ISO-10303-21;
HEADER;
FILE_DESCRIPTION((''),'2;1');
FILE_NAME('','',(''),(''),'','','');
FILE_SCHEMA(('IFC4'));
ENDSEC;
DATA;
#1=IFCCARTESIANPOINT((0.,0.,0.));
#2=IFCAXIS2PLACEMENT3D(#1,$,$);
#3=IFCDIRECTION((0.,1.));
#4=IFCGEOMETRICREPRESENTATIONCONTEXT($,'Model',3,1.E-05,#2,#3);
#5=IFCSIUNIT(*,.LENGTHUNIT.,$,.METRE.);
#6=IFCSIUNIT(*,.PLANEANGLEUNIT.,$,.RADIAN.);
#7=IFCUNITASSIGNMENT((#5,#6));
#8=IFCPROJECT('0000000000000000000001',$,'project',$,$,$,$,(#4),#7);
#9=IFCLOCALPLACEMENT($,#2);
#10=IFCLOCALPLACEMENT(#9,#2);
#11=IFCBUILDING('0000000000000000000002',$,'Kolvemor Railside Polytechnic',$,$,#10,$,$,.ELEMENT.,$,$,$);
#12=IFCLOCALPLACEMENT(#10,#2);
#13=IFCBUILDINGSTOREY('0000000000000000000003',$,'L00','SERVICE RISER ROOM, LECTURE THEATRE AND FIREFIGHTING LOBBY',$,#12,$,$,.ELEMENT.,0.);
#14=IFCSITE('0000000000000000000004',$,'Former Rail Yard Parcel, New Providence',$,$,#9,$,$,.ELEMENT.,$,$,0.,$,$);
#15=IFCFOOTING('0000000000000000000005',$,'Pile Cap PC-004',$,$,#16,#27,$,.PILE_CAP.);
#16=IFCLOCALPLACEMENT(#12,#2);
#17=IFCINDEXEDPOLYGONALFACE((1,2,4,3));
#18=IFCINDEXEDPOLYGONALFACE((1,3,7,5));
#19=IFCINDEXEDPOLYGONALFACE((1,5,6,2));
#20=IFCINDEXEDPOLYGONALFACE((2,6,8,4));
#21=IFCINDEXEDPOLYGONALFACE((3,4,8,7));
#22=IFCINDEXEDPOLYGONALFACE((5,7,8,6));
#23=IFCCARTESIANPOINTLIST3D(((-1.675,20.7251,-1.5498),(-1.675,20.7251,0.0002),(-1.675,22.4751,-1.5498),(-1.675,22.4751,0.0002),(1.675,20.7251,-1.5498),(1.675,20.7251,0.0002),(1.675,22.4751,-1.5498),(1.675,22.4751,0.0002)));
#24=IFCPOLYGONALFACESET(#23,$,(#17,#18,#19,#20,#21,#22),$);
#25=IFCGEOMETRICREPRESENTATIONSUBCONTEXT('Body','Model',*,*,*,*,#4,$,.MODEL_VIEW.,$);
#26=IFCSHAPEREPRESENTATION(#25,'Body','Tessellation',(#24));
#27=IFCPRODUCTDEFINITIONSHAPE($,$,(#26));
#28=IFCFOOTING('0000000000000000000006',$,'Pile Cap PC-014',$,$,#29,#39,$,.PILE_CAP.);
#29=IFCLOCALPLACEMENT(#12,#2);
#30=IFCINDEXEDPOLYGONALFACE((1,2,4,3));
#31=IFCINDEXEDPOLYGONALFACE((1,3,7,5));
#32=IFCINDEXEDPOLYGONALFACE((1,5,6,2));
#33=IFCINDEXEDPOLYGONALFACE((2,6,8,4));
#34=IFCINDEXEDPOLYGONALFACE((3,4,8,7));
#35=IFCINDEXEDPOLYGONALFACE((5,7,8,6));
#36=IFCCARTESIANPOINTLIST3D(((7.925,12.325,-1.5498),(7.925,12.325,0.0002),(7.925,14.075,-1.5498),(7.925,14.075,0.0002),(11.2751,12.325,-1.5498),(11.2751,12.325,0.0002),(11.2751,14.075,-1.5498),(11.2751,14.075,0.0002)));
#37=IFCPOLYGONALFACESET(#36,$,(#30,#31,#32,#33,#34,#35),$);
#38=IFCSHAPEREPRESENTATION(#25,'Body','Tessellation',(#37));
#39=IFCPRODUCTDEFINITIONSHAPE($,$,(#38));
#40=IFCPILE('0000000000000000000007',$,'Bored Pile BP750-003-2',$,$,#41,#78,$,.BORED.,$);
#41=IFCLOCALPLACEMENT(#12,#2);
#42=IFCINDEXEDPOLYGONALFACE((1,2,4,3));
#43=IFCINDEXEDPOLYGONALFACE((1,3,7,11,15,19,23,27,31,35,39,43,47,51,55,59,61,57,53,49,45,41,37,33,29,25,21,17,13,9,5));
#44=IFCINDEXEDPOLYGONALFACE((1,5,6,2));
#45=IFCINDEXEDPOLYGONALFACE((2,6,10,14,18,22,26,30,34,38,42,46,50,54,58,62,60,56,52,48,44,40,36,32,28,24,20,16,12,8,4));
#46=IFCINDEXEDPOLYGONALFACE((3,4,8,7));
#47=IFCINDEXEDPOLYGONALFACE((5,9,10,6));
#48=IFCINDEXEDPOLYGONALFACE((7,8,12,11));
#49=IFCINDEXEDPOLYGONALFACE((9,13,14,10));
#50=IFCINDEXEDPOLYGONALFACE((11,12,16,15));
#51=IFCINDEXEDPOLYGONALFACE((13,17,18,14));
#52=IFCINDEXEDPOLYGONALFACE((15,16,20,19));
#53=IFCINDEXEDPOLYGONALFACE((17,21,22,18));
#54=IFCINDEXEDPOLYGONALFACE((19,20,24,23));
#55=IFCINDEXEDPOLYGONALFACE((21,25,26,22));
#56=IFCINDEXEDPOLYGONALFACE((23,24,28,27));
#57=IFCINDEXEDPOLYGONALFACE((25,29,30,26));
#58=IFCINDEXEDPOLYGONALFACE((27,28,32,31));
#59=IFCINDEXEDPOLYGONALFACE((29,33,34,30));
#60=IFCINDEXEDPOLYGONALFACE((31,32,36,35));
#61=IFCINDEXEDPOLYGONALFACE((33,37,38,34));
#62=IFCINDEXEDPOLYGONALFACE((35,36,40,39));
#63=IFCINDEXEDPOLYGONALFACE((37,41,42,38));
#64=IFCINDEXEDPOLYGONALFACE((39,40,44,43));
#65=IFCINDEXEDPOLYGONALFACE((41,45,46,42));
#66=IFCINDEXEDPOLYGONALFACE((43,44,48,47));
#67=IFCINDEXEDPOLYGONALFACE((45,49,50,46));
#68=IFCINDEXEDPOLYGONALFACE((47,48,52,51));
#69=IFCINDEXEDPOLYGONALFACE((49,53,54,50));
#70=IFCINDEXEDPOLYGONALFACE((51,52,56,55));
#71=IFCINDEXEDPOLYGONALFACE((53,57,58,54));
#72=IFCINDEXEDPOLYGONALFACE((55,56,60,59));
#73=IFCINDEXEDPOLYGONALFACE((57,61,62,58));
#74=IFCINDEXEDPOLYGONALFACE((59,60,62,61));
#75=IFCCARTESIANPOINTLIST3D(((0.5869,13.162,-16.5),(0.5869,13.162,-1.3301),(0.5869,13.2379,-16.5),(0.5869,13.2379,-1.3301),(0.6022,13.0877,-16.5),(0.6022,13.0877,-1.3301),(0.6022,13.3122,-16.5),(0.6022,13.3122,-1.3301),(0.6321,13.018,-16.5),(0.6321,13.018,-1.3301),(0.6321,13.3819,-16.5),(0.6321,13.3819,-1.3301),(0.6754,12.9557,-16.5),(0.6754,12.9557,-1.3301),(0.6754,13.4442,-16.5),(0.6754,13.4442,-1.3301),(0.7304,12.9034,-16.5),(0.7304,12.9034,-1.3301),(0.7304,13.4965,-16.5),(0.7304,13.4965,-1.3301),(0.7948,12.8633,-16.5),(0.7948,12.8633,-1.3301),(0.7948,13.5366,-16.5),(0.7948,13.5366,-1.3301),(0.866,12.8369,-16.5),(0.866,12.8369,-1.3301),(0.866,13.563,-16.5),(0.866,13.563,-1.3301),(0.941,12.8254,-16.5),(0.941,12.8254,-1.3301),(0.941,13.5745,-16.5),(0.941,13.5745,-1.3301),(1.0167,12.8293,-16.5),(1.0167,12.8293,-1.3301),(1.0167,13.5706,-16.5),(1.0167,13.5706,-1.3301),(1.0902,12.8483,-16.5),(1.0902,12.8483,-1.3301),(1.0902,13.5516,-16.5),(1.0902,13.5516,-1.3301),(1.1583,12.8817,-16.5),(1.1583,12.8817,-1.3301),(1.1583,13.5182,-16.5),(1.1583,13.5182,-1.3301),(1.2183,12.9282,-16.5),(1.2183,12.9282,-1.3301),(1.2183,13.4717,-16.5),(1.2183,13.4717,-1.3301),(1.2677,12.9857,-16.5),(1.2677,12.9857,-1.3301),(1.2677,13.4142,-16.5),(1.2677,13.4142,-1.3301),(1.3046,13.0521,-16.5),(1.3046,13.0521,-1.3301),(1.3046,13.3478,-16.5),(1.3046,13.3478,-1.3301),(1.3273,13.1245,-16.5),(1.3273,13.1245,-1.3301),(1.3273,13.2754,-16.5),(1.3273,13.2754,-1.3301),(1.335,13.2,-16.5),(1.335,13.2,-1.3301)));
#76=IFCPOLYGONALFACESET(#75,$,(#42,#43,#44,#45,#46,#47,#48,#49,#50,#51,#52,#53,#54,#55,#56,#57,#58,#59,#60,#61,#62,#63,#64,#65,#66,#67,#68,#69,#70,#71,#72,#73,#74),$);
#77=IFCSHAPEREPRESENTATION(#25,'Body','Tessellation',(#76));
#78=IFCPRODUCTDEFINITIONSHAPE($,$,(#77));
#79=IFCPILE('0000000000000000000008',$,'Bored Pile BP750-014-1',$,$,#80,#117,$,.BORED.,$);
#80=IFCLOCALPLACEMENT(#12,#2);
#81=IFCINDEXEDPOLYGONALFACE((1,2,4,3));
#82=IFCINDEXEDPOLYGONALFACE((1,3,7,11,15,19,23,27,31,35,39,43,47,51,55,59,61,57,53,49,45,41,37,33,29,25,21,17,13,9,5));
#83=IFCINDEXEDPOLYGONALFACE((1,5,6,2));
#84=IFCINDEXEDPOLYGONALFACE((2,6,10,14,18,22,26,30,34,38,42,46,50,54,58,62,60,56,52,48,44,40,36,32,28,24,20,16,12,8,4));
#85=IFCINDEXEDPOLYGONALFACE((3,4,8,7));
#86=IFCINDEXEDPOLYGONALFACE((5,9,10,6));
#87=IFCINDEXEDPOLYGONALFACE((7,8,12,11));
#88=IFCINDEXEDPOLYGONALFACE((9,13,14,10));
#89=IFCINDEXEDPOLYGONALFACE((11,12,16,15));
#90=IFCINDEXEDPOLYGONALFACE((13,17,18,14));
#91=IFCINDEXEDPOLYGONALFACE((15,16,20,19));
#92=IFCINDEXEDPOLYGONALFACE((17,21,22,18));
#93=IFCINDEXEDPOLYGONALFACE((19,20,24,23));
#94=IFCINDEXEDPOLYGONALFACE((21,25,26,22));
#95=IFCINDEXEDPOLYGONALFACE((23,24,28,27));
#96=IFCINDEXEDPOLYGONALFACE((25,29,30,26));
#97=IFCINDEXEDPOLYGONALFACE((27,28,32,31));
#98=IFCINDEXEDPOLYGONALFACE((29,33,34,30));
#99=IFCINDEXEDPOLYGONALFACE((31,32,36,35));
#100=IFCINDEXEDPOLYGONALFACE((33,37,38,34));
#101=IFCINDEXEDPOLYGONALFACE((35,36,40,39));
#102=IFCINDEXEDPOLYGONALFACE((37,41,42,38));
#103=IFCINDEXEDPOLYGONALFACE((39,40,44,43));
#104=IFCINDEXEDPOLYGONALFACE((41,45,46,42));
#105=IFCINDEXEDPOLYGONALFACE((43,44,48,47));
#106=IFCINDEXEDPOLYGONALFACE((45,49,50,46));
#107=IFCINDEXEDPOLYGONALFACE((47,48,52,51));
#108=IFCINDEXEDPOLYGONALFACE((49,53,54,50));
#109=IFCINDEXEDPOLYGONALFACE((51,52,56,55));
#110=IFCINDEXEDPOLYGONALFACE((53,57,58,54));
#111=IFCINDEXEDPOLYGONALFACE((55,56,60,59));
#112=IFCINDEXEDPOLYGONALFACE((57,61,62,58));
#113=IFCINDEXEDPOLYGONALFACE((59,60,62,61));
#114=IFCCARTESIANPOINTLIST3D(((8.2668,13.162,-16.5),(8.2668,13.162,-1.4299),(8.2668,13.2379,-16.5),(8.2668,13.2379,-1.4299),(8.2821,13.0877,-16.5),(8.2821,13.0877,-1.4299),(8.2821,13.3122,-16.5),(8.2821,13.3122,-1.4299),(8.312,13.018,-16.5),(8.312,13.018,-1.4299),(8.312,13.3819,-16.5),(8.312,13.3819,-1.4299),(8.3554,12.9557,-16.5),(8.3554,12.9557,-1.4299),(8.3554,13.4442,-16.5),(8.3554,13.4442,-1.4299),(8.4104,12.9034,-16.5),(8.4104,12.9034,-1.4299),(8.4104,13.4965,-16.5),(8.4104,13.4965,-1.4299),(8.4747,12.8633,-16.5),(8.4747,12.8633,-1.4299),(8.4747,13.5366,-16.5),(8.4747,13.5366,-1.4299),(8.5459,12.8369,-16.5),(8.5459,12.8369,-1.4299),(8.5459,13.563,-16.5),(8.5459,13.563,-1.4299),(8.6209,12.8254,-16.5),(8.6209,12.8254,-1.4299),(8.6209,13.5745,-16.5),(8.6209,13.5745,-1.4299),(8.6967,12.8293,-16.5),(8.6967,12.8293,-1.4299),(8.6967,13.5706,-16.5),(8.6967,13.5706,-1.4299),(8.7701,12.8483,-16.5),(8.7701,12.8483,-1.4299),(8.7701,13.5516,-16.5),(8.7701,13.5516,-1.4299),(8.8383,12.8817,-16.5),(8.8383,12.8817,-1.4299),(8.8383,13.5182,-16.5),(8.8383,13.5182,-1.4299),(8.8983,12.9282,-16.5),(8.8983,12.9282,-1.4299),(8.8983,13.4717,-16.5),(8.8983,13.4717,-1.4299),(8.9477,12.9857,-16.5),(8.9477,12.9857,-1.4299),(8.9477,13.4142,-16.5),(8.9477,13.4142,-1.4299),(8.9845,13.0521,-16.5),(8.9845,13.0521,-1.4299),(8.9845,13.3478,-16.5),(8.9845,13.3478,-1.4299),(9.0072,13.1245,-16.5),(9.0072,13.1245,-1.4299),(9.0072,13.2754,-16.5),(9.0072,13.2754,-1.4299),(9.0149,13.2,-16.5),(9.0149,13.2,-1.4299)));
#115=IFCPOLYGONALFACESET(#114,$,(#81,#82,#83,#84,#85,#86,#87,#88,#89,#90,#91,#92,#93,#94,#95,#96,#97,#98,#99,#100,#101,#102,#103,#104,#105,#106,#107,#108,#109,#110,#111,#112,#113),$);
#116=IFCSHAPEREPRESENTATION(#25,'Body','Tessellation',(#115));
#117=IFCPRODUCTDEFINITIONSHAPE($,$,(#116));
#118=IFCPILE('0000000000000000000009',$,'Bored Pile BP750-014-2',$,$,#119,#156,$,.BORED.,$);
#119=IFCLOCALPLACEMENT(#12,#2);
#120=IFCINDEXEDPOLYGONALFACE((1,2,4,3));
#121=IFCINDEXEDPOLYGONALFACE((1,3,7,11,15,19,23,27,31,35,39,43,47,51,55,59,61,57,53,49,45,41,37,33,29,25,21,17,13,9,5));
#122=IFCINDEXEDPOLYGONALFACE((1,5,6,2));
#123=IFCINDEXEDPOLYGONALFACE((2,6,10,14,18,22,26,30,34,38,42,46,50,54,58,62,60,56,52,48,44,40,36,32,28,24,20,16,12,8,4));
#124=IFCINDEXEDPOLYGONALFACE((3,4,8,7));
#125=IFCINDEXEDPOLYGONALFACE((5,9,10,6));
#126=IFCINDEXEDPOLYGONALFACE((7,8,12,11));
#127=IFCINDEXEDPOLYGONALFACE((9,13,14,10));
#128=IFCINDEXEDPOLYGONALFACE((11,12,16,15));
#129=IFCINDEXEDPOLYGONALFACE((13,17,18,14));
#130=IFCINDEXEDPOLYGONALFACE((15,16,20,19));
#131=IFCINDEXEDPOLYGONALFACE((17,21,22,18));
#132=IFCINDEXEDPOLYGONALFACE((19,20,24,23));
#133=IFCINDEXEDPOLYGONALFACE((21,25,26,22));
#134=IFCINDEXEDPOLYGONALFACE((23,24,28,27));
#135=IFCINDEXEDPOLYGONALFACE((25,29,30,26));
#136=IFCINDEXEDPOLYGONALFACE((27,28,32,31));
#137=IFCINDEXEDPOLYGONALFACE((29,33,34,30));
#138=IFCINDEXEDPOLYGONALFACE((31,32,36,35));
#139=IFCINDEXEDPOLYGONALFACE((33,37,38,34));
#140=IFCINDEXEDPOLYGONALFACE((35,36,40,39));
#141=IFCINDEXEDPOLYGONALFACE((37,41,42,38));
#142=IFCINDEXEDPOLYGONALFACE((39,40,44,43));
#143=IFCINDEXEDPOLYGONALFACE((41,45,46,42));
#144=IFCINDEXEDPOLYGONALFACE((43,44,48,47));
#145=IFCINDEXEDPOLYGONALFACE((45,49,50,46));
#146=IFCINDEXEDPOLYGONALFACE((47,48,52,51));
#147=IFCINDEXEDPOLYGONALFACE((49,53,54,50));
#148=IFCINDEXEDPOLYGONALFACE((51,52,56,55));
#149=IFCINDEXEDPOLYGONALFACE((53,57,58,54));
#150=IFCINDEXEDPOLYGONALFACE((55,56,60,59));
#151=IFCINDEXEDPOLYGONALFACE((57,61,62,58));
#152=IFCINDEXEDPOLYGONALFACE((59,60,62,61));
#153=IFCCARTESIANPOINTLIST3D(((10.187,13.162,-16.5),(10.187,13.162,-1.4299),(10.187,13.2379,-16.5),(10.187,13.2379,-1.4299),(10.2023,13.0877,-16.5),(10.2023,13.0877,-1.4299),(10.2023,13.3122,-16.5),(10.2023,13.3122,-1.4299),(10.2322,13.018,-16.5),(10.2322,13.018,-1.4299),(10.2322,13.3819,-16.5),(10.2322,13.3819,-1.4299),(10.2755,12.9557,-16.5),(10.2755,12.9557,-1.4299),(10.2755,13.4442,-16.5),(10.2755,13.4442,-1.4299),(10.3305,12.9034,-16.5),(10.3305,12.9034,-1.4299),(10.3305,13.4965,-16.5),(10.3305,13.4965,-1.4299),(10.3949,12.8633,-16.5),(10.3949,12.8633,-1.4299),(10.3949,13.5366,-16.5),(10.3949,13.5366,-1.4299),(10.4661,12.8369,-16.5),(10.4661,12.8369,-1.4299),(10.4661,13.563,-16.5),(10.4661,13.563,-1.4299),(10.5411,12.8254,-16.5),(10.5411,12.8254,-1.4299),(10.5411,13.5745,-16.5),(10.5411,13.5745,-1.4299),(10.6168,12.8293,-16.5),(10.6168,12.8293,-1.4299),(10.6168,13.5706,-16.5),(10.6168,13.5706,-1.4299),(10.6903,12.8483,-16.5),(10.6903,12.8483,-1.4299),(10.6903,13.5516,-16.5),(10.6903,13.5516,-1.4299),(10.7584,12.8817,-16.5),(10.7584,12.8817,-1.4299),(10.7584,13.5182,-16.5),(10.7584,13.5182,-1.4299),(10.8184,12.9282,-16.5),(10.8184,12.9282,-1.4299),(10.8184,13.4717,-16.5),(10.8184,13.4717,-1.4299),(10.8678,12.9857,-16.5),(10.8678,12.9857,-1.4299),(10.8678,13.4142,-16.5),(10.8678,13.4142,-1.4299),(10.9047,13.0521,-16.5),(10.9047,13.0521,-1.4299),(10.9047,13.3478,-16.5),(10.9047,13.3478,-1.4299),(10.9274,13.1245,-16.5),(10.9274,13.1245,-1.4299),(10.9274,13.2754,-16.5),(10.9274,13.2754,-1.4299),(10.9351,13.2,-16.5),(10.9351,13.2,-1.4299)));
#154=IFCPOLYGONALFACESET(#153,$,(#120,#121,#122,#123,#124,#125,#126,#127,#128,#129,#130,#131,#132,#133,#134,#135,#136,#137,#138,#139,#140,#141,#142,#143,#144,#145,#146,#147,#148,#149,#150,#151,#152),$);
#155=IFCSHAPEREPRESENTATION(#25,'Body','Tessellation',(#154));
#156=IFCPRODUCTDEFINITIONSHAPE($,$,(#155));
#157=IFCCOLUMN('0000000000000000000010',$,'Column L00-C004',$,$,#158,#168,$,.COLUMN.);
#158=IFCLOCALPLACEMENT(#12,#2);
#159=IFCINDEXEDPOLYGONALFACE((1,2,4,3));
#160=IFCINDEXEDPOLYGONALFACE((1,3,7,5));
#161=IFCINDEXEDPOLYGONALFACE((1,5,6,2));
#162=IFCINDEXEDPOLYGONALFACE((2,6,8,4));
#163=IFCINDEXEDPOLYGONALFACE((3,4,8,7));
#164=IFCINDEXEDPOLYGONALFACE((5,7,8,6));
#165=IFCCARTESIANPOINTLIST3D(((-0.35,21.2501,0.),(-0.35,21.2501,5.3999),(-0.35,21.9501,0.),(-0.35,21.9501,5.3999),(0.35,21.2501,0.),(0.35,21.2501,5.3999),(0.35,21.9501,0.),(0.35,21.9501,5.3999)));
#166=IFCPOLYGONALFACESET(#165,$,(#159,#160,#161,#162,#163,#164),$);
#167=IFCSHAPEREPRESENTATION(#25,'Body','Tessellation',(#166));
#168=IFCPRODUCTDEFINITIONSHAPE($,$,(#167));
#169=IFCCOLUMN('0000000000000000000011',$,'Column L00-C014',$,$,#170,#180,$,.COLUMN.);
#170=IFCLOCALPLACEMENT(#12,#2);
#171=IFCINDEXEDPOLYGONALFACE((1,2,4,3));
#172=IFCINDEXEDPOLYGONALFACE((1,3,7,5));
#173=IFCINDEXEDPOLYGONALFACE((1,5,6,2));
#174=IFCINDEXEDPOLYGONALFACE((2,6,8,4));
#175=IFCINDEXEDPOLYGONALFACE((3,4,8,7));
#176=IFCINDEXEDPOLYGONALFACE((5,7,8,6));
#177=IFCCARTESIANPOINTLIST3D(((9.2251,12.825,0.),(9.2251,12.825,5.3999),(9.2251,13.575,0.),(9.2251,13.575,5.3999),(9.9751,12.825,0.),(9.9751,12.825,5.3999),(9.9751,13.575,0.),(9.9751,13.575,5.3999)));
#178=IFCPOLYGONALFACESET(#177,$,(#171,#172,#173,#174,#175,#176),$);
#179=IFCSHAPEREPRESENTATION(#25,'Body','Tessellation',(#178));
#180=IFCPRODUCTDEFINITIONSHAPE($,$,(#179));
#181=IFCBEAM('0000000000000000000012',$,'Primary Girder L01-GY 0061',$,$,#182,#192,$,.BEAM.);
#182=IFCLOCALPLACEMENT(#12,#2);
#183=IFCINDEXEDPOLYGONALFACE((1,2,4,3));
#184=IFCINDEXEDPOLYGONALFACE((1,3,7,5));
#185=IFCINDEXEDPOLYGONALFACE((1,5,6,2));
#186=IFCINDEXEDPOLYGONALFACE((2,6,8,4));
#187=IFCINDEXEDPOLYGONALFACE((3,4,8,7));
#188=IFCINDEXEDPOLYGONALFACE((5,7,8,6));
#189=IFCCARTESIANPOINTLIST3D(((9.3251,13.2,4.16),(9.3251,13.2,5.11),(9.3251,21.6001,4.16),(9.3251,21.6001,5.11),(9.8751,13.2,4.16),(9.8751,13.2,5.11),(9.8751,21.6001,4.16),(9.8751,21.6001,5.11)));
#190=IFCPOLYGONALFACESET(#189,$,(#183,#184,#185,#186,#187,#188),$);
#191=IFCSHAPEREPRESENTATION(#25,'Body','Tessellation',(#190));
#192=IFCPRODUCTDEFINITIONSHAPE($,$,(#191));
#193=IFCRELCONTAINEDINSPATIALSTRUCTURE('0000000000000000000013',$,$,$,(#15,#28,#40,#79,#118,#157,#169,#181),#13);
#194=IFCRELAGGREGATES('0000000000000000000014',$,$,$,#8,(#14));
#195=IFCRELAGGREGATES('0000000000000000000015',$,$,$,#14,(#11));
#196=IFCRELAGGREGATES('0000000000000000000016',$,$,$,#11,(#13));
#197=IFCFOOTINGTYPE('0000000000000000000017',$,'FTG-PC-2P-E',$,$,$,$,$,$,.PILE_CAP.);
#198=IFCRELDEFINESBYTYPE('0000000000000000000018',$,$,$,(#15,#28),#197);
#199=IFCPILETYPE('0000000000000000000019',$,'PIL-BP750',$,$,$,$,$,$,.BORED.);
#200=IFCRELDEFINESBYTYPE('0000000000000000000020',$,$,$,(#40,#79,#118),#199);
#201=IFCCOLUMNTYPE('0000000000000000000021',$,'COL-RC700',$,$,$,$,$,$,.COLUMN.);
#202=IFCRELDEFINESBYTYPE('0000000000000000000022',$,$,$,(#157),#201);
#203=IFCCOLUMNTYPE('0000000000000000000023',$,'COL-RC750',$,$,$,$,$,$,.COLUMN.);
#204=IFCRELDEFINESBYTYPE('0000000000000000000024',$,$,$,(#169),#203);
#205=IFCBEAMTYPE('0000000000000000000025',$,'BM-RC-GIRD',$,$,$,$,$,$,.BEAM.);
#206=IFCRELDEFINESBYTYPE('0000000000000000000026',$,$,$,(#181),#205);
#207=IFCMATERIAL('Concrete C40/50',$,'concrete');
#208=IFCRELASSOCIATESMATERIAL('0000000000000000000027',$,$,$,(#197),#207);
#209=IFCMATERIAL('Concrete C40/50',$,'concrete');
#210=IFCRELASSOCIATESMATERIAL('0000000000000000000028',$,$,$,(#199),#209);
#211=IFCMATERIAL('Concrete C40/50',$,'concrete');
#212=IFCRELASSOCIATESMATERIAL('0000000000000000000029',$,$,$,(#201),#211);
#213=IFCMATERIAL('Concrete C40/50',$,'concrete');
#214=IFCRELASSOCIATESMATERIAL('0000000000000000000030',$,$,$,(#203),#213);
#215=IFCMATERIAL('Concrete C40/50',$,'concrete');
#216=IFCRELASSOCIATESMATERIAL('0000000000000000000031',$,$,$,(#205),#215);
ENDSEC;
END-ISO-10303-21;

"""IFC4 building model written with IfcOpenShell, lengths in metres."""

from ifc_helpers import new_model, si_unit, direction, frame, origin, origin_2d, place, context, subcontext, project, spatial, rectangle, circle, extrude, material, material_profile, profile_set, type_object, element, save


model = new_model("IFC4")

# Units and contexts
model_context = context("Model", 3, precision=1e-05, world=origin(), true_north=direction((0.0, 1.0)))
body_context = subcontext(model_context, "Body", "Model", "MODEL_VIEW")
ifc_project = project(units=[si_unit("LENGTHUNIT", "METRE"), si_unit("PLANEANGLEUNIT", "RADIAN")], contexts=[model_context])

# Site, building, storey
site_placement = place(None, origin())
site = spatial("IfcSite", under=ifc_project, at=site_placement, Name="Former Rail Yard Parcel, New Providence", CompositionType="ELEMENT", RefElevation=0.0)
building_placement = place(site_placement, origin())
building = spatial("IfcBuilding", under=site, at=building_placement, Name="Kolvemor Railside Polytechnic", CompositionType="ELEMENT")
storey_placement = place(building_placement, origin())
storey = spatial("IfcBuildingStorey", under=building, at=storey_placement, Name="L00", Description="SERVICE RISER ROOM, LECTURE THEATRE AND FIREFIGHTING LOBBY", CompositionType="ELEMENT", Elevation=0.0)

# Footings
ifc_material_1 = material(Name="Concrete C40/50", Category="concrete")
footing_type = type_object("IfcFootingType", Name="FTG-PC-2P-E", PredefinedType="PILE_CAP", material=ifc_material_1)
for number, where, z_axis, x_axis, name in (
    (1, (0.0, 21.6001, -1.5498), (0.0, 0.0, 1.0), (1.0, 0.0, 0.0), "Pile Cap PC-004"),
    (2, (9.6001, 13.2, -1.5498), (0.0, 0.0, 1.0), (1.0, 0.0, 0.0), "Pile Cap PC-014"),
):
    element("IfcFooting", number, at=place(storey_placement, frame(where, z_axis=z_axis, x_axis=x_axis)), inside=storey, type_object=footing_type, Name=name, PredefinedType="PILE_CAP", context=body_context, shape_type="SweptSolid", body=[
        extrude(rectangle(XDim=3.3501, YDim=1.75, at=origin_2d()), origin(), (0.0, 0.0, 1.0), 1.55),
    ])

# Piles
ifc_material_2 = material(Name="Concrete C40/50", Category="concrete")
ifc_material_profile_1 = material_profile(ifc_material_2, circle(Radius=0.375, at=origin_2d()), Name="BP750")
ifc_profile_set_1 = profile_set([ifc_material_profile_1], Name="Concrete C40/50")
pile_type = type_object("IfcPileType", Name="PIL-BP750", PredefinedType="BORED", material=ifc_profile_set_1)
pile_placement = place(storey_placement, frame((0.96, 13.2, -1.3301), z_axis=(0.0, 0.0, -1.0), x_axis=(1.0, 0.0, 0.0)))
element("IfcPile", 3, at=pile_placement, inside=storey, type_object=pile_type, Name="Bored Pile BP750-003-2", PredefinedType="BORED", context=body_context, shape_type="SweptSolid", body=[
    extrude(circle(Radius=0.375, at=origin_2d()), origin(), (0.0, 0.0, 1.0), 15.1699),
])
for number, where, z_axis, x_axis, name in (
    (4, (8.6399, 13.2, -1.4299), (0.0, 0.0, -1.0), (1.0, 0.0, 0.0), "Bored Pile BP750-014-1"),
    (5, (10.5601, 13.2, -1.4299), (0.0, 0.0, -1.0), (1.0, 0.0, 0.0), "Bored Pile BP750-014-2"),
):
    element("IfcPile", number, at=place(storey_placement, frame(where, z_axis=z_axis, x_axis=x_axis)), inside=storey, type_object=pile_type, Name=name, PredefinedType="BORED", context=body_context, shape_type="SweptSolid", body=[
        extrude(circle(Radius=0.375, at=origin_2d()), origin(), (0.0, 0.0, 1.0), 15.0701),
    ])

# Columns
ifc_material_3 = material(Name="Concrete C40/50", Category="concrete")
ifc_material_profile_2 = material_profile(ifc_material_3, rectangle(XDim=0.7, YDim=0.7, at=origin_2d()), Name="RC700x700")
ifc_profile_set_2 = profile_set([ifc_material_profile_2], Name="Concrete C40/50")
column_type_1 = type_object("IfcColumnType", Name="COL-RC700", PredefinedType="COLUMN", material=ifc_profile_set_2)
column_1_placement = place(storey_placement, frame((0.0, 21.6001, 0.0), z_axis=(0.0, 0.0, 1.0), x_axis=(1.0, 0.0, 0.0)))
element("IfcColumn", 6, at=column_1_placement, inside=storey, type_object=column_type_1, Name="Column L00-C004", PredefinedType="COLUMN", context=body_context, shape_type="SweptSolid", body=[
    extrude(rectangle(XDim=0.7, YDim=0.7, at=origin_2d()), origin(), (0.0, 0.0, 1.0), 5.3999),
])
ifc_material_4 = material(Name="Concrete C40/50", Category="concrete")
ifc_material_profile_3 = material_profile(ifc_material_4, rectangle(XDim=0.75, YDim=0.75, at=origin_2d()), Name="RC750x750")
ifc_profile_set_3 = profile_set([ifc_material_profile_3], Name="Concrete C40/50")
column_type_2 = type_object("IfcColumnType", Name="COL-RC750", PredefinedType="COLUMN", material=ifc_profile_set_3)
column_2_placement = place(storey_placement, frame((9.6001, 13.2, 0.0), z_axis=(0.0, 0.0, 1.0), x_axis=(1.0, 0.0, 0.0)))
element("IfcColumn", 7, at=column_2_placement, inside=storey, type_object=column_type_2, Name="Column L00-C014", PredefinedType="COLUMN", context=body_context, shape_type="SweptSolid", body=[
    extrude(rectangle(XDim=0.75, YDim=0.75, at=origin_2d()), origin(), (0.0, 0.0, 1.0), 5.3999),
])

# Beam
ifc_material_5 = material(Name="Concrete C40/50", Category="concrete")
ifc_material_profile_4 = material_profile(ifc_material_5, rectangle(XDim=0.55, YDim=0.95, at=origin_2d()), Name="RC550x950")
ifc_profile_set_4 = profile_set([ifc_material_profile_4], Name="Concrete C40/50")
beam_type_1 = type_object("IfcBeamType", Name="BM-RC-GIRD", PredefinedType="BEAM", material=ifc_profile_set_4)
beam_1_placement = place(storey_placement, frame((9.6001, 13.2, 4.635), z_axis=(0.0, 1.0, 0.0), x_axis=(-1.0, 0.0, 0.0)))
element("IfcBeam", 8, at=beam_1_placement, inside=storey, type_object=beam_type_1, Name="Primary Girder L01-GY 0061", PredefinedType="BEAM", context=body_context, shape_type="SweptSolid", body=[
    extrude(rectangle(XDim=0.55, YDim=0.95, at=origin_2d()), origin(), (0.0, 0.0, 1.0), 8.4001),
])

save(model, "model.ifc")
